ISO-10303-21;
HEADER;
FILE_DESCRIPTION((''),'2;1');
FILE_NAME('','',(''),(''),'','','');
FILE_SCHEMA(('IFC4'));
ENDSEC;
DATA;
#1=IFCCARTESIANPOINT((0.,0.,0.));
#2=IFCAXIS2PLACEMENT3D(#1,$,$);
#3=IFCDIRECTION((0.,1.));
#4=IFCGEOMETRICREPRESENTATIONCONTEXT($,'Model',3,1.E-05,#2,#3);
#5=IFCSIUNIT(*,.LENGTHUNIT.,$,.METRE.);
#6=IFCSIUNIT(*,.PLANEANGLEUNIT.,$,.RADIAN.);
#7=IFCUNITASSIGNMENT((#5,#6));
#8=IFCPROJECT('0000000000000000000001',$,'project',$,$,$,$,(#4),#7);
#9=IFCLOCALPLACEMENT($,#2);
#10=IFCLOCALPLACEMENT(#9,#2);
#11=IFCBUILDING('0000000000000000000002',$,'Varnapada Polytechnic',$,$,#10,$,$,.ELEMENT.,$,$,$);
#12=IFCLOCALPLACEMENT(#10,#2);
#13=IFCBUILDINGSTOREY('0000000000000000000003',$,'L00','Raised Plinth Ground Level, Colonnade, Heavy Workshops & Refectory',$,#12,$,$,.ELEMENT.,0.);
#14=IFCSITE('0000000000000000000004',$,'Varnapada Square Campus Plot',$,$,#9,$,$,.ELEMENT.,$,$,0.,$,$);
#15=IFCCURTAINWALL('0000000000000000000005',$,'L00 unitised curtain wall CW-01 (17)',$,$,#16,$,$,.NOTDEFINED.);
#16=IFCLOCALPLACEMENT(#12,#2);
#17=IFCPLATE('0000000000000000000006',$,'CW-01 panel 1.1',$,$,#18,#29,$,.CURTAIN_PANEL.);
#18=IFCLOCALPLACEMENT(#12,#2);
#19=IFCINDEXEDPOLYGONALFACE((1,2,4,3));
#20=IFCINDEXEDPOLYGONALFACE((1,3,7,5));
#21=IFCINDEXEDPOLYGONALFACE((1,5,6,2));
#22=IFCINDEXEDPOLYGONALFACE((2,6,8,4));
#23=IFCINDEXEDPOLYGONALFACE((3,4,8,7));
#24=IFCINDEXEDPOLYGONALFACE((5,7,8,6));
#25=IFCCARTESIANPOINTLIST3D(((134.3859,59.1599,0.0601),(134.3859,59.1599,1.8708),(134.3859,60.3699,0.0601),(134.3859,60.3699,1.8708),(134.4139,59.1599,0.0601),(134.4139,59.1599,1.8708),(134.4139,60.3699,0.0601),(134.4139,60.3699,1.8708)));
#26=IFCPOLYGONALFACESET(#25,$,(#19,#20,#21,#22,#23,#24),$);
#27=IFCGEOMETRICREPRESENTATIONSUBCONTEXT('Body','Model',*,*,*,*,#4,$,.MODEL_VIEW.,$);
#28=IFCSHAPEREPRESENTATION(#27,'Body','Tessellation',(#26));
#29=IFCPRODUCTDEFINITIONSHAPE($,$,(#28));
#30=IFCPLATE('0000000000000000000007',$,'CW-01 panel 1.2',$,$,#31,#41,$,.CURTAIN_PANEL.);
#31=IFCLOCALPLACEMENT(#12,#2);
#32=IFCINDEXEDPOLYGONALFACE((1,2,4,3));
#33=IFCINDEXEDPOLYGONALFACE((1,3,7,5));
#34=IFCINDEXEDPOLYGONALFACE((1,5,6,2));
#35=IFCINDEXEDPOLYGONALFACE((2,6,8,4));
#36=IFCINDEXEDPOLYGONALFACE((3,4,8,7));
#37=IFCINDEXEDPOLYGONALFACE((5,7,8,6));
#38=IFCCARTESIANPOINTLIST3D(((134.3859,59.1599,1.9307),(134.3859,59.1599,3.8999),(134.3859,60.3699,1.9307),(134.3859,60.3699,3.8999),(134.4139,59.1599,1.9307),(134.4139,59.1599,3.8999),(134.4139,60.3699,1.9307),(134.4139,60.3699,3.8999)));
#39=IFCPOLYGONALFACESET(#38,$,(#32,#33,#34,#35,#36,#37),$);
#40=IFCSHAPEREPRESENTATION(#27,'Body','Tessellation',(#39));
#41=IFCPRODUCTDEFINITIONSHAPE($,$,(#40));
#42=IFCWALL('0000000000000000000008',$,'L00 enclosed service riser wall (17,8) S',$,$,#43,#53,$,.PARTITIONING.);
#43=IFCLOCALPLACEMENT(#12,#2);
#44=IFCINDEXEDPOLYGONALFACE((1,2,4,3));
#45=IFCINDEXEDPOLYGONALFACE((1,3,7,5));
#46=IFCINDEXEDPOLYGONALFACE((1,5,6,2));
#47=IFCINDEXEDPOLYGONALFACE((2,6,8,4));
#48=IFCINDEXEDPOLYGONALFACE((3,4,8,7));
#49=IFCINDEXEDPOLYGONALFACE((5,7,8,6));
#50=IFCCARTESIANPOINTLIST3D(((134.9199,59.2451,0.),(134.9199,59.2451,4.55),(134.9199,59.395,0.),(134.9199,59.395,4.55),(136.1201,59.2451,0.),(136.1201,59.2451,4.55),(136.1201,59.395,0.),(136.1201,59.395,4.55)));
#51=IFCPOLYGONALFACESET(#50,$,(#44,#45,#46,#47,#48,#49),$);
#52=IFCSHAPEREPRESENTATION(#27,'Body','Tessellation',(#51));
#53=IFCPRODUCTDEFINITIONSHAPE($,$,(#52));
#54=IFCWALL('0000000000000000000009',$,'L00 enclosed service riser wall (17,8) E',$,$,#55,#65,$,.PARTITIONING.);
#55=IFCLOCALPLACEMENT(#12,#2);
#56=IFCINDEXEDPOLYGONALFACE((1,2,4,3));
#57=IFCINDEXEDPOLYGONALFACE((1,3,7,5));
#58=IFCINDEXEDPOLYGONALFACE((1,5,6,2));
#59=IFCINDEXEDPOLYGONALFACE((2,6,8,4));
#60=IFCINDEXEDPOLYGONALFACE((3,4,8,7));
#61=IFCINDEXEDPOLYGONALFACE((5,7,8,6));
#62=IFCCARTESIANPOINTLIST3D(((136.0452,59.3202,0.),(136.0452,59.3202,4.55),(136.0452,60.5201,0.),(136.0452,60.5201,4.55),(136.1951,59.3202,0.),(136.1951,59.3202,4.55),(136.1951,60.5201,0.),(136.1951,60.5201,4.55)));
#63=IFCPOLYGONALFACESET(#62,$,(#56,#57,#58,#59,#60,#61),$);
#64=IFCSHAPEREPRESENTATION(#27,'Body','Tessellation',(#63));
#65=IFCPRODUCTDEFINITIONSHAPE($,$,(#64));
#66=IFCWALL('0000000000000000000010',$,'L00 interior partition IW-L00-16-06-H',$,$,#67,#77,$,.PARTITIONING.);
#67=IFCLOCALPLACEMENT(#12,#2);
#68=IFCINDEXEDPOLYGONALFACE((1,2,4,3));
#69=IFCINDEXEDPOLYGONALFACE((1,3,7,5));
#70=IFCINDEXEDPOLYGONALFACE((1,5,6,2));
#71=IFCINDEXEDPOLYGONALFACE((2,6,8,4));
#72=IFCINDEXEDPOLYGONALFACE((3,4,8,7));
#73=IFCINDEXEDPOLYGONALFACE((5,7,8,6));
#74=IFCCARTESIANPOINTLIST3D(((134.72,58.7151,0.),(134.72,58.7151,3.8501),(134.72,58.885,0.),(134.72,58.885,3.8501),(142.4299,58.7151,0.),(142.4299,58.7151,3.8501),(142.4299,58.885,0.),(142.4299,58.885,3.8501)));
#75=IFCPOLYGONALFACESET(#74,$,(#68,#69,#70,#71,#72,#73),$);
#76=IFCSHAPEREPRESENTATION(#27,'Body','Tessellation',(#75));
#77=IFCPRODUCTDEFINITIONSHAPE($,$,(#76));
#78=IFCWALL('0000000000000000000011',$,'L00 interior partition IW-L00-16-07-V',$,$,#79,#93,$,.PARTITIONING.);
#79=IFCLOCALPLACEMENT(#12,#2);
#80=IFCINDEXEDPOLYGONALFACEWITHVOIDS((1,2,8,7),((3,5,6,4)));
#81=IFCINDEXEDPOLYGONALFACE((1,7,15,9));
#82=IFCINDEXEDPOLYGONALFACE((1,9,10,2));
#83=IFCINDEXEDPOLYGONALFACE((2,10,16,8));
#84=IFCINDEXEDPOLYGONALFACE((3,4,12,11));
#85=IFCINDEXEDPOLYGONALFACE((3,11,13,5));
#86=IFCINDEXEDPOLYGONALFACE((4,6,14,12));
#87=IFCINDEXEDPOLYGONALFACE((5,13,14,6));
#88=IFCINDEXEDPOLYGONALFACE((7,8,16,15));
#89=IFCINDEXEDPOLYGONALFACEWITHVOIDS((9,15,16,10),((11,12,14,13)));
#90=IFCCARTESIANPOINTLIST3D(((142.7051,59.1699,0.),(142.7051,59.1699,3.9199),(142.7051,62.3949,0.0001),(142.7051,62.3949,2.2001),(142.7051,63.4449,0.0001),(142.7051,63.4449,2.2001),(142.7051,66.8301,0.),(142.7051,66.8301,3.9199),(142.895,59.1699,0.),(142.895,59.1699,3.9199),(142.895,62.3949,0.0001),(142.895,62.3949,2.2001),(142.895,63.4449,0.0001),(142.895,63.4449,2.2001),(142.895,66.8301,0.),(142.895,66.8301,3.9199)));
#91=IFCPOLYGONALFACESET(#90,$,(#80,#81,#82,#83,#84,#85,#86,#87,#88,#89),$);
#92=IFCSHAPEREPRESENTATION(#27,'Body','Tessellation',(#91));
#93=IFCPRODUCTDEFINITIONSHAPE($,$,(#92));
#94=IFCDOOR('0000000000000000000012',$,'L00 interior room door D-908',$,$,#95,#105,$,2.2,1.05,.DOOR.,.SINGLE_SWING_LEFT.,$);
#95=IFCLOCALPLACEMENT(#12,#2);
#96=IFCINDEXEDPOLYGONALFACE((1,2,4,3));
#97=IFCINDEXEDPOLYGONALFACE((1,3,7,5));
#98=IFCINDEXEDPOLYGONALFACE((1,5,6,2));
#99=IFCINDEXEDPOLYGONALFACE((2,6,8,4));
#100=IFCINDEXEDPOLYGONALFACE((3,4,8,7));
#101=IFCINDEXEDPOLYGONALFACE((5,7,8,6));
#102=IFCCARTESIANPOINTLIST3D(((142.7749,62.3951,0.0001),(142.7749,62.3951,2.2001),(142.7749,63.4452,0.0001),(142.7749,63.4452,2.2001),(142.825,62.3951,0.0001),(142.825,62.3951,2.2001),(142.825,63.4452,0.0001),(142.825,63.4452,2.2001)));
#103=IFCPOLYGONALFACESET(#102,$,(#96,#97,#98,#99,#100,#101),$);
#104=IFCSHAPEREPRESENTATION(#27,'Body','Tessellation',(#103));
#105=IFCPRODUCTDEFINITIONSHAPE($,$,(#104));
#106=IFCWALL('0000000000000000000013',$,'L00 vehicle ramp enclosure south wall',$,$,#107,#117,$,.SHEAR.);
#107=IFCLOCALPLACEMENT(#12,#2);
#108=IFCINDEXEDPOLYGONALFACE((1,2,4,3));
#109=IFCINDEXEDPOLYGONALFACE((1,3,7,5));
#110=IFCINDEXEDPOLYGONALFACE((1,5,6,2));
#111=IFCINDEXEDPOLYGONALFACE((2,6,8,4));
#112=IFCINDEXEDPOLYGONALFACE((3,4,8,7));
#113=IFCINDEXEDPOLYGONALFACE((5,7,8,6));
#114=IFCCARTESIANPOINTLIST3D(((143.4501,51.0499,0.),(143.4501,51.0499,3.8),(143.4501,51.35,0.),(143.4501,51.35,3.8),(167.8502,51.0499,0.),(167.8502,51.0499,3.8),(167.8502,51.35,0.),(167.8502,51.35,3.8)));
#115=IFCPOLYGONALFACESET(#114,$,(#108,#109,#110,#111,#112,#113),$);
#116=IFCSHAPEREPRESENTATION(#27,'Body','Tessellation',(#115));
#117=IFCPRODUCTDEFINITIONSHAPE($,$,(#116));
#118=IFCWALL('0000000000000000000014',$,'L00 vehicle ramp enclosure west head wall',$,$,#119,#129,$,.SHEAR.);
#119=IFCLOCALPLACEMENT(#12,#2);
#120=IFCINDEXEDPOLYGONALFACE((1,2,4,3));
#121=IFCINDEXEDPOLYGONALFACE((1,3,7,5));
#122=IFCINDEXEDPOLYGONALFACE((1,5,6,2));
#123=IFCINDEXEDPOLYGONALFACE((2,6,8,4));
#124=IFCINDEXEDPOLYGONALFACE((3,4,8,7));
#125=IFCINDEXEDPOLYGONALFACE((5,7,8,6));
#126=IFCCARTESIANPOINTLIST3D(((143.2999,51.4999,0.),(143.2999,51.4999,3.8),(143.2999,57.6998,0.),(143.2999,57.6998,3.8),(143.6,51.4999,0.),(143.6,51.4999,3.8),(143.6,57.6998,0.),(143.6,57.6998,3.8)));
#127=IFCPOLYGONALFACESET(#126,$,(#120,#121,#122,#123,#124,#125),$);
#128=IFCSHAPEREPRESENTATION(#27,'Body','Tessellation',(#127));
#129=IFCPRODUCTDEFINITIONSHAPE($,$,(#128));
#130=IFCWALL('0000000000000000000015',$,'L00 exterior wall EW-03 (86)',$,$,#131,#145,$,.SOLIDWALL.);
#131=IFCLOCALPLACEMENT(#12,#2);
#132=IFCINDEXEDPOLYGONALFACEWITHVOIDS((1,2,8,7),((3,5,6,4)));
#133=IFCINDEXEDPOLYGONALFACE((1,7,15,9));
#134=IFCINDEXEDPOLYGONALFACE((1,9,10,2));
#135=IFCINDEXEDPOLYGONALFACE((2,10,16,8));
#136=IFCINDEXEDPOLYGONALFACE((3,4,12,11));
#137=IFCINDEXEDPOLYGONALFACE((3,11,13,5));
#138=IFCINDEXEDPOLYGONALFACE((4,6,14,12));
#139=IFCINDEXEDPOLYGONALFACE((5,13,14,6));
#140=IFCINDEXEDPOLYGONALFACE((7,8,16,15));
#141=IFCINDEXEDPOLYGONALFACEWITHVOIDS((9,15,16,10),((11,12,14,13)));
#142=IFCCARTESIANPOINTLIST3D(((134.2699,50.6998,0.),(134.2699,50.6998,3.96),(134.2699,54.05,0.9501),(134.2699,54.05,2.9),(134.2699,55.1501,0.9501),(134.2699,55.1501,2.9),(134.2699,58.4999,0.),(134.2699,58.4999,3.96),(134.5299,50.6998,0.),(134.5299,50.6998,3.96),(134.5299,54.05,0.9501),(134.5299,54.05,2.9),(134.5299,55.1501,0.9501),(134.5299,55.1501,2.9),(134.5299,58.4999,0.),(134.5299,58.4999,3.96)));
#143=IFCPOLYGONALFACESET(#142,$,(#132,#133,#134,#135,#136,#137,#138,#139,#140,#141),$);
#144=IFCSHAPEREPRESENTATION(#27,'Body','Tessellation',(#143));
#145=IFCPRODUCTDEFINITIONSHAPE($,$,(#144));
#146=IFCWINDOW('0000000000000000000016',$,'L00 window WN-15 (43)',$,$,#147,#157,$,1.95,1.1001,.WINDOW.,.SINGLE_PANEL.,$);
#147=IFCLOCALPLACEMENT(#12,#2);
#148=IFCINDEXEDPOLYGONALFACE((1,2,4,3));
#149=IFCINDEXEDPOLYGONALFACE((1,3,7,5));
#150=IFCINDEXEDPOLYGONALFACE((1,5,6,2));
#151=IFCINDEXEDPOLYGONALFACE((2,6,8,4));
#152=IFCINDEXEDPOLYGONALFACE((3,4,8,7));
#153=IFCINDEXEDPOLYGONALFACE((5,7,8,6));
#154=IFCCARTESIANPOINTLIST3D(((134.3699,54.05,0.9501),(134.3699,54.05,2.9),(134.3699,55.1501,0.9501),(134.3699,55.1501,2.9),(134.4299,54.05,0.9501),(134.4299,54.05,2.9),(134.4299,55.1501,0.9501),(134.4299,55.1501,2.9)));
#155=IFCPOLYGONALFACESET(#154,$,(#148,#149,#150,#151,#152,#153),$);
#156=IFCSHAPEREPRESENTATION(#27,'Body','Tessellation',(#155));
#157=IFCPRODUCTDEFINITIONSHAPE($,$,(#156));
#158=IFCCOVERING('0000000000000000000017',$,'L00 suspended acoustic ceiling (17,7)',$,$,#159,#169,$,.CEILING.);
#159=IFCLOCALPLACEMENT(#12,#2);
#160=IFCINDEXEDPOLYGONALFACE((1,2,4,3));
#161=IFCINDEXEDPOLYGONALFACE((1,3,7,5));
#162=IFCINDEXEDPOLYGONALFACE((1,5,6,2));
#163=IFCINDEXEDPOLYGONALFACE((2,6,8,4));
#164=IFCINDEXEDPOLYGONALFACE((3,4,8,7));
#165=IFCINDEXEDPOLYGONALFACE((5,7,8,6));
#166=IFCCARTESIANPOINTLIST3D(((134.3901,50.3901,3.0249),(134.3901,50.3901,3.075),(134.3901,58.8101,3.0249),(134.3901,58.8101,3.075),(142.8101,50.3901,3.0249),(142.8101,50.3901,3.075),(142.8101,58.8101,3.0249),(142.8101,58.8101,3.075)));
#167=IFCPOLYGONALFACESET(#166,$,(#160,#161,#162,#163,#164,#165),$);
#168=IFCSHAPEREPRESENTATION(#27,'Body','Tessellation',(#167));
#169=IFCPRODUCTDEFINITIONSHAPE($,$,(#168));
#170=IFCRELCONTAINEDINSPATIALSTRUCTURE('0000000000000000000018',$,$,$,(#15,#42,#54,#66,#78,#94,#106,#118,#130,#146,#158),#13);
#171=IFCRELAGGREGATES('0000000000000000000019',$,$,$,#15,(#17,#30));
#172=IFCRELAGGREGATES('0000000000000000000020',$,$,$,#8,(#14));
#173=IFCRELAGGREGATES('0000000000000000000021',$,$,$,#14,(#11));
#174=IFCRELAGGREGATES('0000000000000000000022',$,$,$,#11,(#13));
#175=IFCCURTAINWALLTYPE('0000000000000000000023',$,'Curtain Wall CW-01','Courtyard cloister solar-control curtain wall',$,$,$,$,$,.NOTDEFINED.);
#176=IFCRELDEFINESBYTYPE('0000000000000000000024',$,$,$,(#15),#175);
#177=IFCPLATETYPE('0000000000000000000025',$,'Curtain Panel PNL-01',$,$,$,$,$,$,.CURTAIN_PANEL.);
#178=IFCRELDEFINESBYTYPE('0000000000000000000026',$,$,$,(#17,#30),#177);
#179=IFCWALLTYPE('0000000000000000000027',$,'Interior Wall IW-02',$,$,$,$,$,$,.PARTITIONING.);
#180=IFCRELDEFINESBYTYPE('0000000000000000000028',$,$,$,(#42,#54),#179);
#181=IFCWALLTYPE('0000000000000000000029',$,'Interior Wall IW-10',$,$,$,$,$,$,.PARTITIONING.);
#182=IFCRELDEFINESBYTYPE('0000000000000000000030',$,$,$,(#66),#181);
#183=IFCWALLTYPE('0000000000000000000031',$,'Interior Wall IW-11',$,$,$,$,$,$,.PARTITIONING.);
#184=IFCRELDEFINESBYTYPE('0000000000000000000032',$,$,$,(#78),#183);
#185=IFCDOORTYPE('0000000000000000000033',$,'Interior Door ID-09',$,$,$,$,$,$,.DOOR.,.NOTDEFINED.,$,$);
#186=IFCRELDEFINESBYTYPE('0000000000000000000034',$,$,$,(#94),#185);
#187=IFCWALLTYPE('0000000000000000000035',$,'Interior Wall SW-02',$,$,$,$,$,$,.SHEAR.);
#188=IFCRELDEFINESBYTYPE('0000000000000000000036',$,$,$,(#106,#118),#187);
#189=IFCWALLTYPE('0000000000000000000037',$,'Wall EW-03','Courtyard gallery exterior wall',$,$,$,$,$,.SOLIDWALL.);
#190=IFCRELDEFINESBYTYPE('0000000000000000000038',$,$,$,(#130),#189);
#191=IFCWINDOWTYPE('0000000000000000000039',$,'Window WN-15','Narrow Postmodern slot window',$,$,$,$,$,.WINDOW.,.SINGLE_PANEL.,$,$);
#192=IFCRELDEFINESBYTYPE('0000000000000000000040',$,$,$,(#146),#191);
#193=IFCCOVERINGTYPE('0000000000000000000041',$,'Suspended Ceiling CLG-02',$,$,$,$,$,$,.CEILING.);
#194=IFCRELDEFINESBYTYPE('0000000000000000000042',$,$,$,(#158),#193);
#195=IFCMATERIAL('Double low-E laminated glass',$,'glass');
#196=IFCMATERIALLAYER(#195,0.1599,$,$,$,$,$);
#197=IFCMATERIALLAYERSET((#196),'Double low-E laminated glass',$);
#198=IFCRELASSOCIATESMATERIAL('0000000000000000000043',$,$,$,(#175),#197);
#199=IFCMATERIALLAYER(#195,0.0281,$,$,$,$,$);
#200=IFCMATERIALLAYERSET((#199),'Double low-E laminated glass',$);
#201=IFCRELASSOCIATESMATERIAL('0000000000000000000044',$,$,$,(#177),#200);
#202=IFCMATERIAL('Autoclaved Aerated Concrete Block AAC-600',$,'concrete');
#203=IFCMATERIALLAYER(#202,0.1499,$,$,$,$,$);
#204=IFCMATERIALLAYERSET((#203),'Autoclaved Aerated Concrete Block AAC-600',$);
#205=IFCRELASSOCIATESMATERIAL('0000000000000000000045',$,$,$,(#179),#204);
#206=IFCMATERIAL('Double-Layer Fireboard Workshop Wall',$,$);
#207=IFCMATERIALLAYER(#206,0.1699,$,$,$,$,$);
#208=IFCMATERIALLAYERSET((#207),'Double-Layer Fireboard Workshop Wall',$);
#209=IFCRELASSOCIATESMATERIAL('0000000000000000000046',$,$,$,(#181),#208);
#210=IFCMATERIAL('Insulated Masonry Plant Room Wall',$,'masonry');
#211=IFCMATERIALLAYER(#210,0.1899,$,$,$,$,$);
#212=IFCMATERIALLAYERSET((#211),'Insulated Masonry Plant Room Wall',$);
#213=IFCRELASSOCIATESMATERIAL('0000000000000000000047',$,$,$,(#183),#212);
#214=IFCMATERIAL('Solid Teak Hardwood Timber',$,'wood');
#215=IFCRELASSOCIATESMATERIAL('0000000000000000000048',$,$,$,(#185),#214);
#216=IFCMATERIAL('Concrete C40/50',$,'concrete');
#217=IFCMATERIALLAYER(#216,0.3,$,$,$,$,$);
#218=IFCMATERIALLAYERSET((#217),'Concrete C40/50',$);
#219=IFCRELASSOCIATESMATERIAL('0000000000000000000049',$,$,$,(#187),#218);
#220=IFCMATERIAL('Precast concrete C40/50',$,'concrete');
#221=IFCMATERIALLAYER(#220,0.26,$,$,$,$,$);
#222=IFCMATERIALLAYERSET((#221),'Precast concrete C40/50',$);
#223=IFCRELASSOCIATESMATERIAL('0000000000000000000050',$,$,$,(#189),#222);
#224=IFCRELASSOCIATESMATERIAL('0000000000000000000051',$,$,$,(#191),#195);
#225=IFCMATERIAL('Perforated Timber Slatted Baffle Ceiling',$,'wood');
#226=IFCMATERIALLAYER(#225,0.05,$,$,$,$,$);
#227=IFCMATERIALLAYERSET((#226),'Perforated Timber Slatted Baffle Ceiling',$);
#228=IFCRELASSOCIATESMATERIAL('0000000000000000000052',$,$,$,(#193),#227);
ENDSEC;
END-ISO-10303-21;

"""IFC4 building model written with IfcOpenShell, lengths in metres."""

from ifc_helpers import new_model, si_unit, direction, frame, frame_2d, origin, origin_2d, place, context, subcontext, project, spatial, rectangle, extrude, material, layer, layer_set, type_object, element, fill, aggregate, save


model = new_model("IFC4")

# Units and contexts
model_context = context("Model", 3, precision=1e-05, world=origin(), true_north=direction((0.0, 1.0)))
body_context = subcontext(model_context, "Body", "Model", "MODEL_VIEW")
ifc_project = project(units=[si_unit("LENGTHUNIT", "METRE"), si_unit("PLANEANGLEUNIT", "RADIAN")], contexts=[model_context])

# Site, building, storey
site_placement = place(None, origin())
site = spatial("IfcSite", under=ifc_project, at=site_placement, Name="Varnapada Square Campus Plot", CompositionType="ELEMENT", RefElevation=0.0)
building_placement = place(site_placement, origin())
building = spatial("IfcBuilding", under=site, at=building_placement, Name="Varnapada Polytechnic", CompositionType="ELEMENT")
storey_placement = place(building_placement, origin())
storey = spatial("IfcBuildingStorey", under=building, at=storey_placement, Name="L00", Description="Raised Plinth Ground Level, Colonnade, Heavy Workshops & Refectory", CompositionType="ELEMENT", Elevation=0.0)

# Shared definitions
ifc_material_1 = material(Name="Concrete C40/50", Category="concrete")

# Curtain wall
ifc_material_2 = material(Name="Double low-E laminated glass", Category="glass")
ifc_layer_1 = layer(ifc_material_2, 0.1599)
ifc_layer_set_1 = layer_set([ifc_layer_1], Name="Double low-E laminated glass")
curtain_wall_type = type_object("IfcCurtainWallType", Name="Curtain Wall CW-01", Description="Courtyard cloister solar-control curtain wall", PredefinedType="NOTDEFINED", material=ifc_layer_set_1)
curtain_wall_placement = place(storey_placement, origin())
curtain_wall = element("IfcCurtainWall", 1, at=curtain_wall_placement, inside=storey, type_object=curtain_wall_type, Name="L00 unitised curtain wall CW-01 (17)", PredefinedType="NOTDEFINED")

# Plates
ifc_layer_2 = layer(ifc_material_2, 0.0281)
ifc_layer_set_2 = layer_set([ifc_layer_2], Name="Double low-E laminated glass")
plate_type = type_object("IfcPlateType", Name="Curtain Panel PNL-01", PredefinedType="CURTAIN_PANEL", material=ifc_layer_set_2)
plate_1_placement = place(storey_placement, frame((134.3999, 59.7649, 0.0601), z_axis=(0.0, 0.0, 1.0), x_axis=(0.0, 1.0, 0.0)))
plate_1 = element("IfcPlate", 2, at=plate_1_placement, type_object=plate_type, Name="CW-01 panel 1.1", PredefinedType="CURTAIN_PANEL", context=body_context, shape_type="SweptSolid", body=[
    extrude(rectangle(XDim=1.21, YDim=0.0281, at=origin_2d()), origin(), (0.0, 0.0, 1.0), 1.8108),
])
plate_2_placement = place(storey_placement, frame((134.3999, 59.7649, 1.9307), z_axis=(0.0, 0.0, 1.0), x_axis=(0.0, 1.0, 0.0)))
plate_2 = element("IfcPlate", 3, at=plate_2_placement, type_object=plate_type, Name="CW-01 panel 1.2", PredefinedType="CURTAIN_PANEL", context=body_context, shape_type="SweptSolid", body=[
    extrude(rectangle(XDim=1.21, YDim=0.0281, at=origin_2d()), origin(), (0.0, 0.0, 1.0), 1.9692),
])
aggregate(curtain_wall, [plate_1, plate_2])

# Walls
ifc_material_3 = material(Name="Autoclaved Aerated Concrete Block AAC-600", Category="concrete")
ifc_layer_3 = layer(ifc_material_3, 0.1499)
ifc_layer_set_3 = layer_set([ifc_layer_3], Name="Autoclaved Aerated Concrete Block AAC-600")
wall_type_1 = type_object("IfcWallType", Name="Interior Wall IW-02", PredefinedType="PARTITIONING", material=ifc_layer_set_3)
wall_1_placement = place(storey_placement, frame((134.9199, 59.3201, 0.0), z_axis=(0.0, 0.0, 1.0), x_axis=(1.0, 0.0, 0.0)))
element("IfcWall", 4, at=wall_1_placement, inside=storey, type_object=wall_type_1, Name="L00 enclosed service riser wall (17,8) S", PredefinedType="PARTITIONING", context=body_context, shape_type="SweptSolid", body=[
    extrude(rectangle(XDim=1.2002, YDim=0.1499, at=frame_2d((0.6001, 0.0))), origin(), (0.0, 0.0, 1.0), 4.55),
])
wall_2_placement = place(storey_placement, frame((136.1201, 59.3201, 0.0), z_axis=(0.0, 0.0, 1.0), x_axis=(0.0, 1.0, 0.0)))
element("IfcWall", 5, at=wall_2_placement, inside=storey, type_object=wall_type_1, Name="L00 enclosed service riser wall (17,8) E", PredefinedType="PARTITIONING", context=body_context, shape_type="SweptSolid", body=[
    extrude(rectangle(XDim=1.2, YDim=0.1499, at=frame_2d((0.6001, 0.0))), origin(), (0.0, 0.0, 1.0), 4.55),
])
ifc_material_4 = material(Name="Double-Layer Fireboard Workshop Wall")
ifc_layer_4 = layer(ifc_material_4, 0.1699)
ifc_layer_set_4 = layer_set([ifc_layer_4], Name="Double-Layer Fireboard Workshop Wall")
wall_type_2 = type_object("IfcWallType", Name="Interior Wall IW-10", PredefinedType="PARTITIONING", material=ifc_layer_set_4)
wall_3_placement = place(storey_placement, frame((134.72, 58.8, 0.0), z_axis=(0.0, 0.0, 1.0), x_axis=(1.0, 0.0, 0.0)))
element("IfcWall", 6, at=wall_3_placement, inside=storey, type_object=wall_type_2, Name="L00 interior partition IW-L00-16-06-H", PredefinedType="PARTITIONING", context=body_context, shape_type="SweptSolid", body=[
    extrude(rectangle(XDim=7.71, YDim=0.1699, at=frame_2d((3.855, 0.0))), origin(), (0.0, 0.0, 1.0), 3.8501),
])

# Wall, opening, door
ifc_material_5 = material(Name="Insulated Masonry Plant Room Wall", Category="masonry")
ifc_layer_5 = layer(ifc_material_5, 0.1899)
ifc_layer_set_5 = layer_set([ifc_layer_5], Name="Insulated Masonry Plant Room Wall")
wall_type_3 = type_object("IfcWallType", Name="Interior Wall IW-11", PredefinedType="PARTITIONING", material=ifc_layer_set_5)
wall_4_placement = place(storey_placement, frame((142.8, 59.1699, 0.0), z_axis=(0.0, 0.0, 1.0), x_axis=(0.0, 1.0, 0.0)))
wall_4 = element("IfcWall", 7, at=wall_4_placement, inside=storey, type_object=wall_type_3, Name="L00 interior partition IW-L00-16-07-V", PredefinedType="PARTITIONING", context=body_context, shape_type="SweptSolid", body=[
    extrude(rectangle(XDim=7.6602, YDim=0.1899, at=frame_2d((3.8301, 0.0))), origin(), (0.0, 0.0, 1.0), 3.9199),
])
opening_1_placement = place(wall_4_placement, frame((3.2251, 0.0, 0.0)))
opening_1 = element("IfcOpeningElement", 8, at=opening_1_placement, cuts=wall_4, PredefinedType="OPENING", context=body_context, shape_type="SweptSolid", body=[
    extrude(rectangle(XDim=1.05, YDim=2.2, at=frame_2d((0.5249, 1.1001))), frame((0.0, 0.105, 0.0), z_axis=(0.0, -1.0, 0.0), x_axis=(1.0, 0.0, 0.0)), (0.0, 0.0, 1.0), 0.21),
])
ifc_material_6 = material(Name="Solid Teak Hardwood Timber", Category="wood")
door_type = type_object("IfcDoorType", Name="Interior Door ID-09", OperationType="NOTDEFINED", PredefinedType="DOOR", material=ifc_material_6)
door_placement = place(opening_1_placement, frame((1.05, 0.0, 0.0), z_axis=(0.0, 0.0, 1.0), x_axis=(-1.0, 0.0, 0.0)))
door = element("IfcDoor", 9, at=door_placement, inside=storey, type_object=door_type, Name="L00 interior room door D-908", OperationType="SINGLE_SWING_LEFT", OverallHeight=2.2, OverallWidth=1.05, PredefinedType="DOOR", context=body_context, shape_type="SweptSolid", body=[
    extrude(rectangle(XDim=1.05, YDim=2.2, at=frame_2d((0.5249, 1.1001))), frame((0.0, 0.0249, 0.0), z_axis=(0.0, -1.0, 0.0), x_axis=(1.0, 0.0, 0.0)), (0.0, 0.0, 1.0), 0.05),
])
fill(opening_1, door)

# Walls
ifc_layer_6 = layer(ifc_material_1, 0.3)
ifc_layer_set_6 = layer_set([ifc_layer_6], Name="Concrete C40/50")
wall_type_4 = type_object("IfcWallType", Name="Interior Wall SW-02", PredefinedType="SHEAR", material=ifc_layer_set_6)
wall_5_placement = place(storey_placement, frame((143.45, 51.2, 0.0), z_axis=(0.0, 0.0, 1.0), x_axis=(1.0, 0.0, 0.0)))
element("IfcWall", 10, at=wall_5_placement, inside=storey, type_object=wall_type_4, Name="L00 vehicle ramp enclosure south wall", PredefinedType="SHEAR", context=body_context, shape_type="SweptSolid", body=[
    extrude(rectangle(XDim=24.4001, YDim=0.3, at=frame_2d((12.2002, 0.0))), origin(), (0.0, 0.0, 1.0), 3.8),
])
wall_6_placement = place(storey_placement, frame((143.45, 57.7, 0.0), z_axis=(0.0, 0.0, 1.0), x_axis=(0.0, -1.0, 0.0)))
element("IfcWall", 11, at=wall_6_placement, inside=storey, type_object=wall_type_4, Name="L00 vehicle ramp enclosure west head wall", PredefinedType="SHEAR", context=body_context, shape_type="SweptSolid", body=[
    extrude(rectangle(XDim=6.2, YDim=0.3, at=frame_2d((3.1001, 0.0))), origin(), (0.0, 0.0, 1.0), 3.8),
])

# Wall, opening, window
ifc_material_7 = material(Name="Precast concrete C40/50", Category="concrete")
ifc_layer_7 = layer(ifc_material_7, 0.26)
ifc_layer_set_7 = layer_set([ifc_layer_7], Name="Precast concrete C40/50")
wall_type_5 = type_object("IfcWallType", Name="Wall EW-03", Description="Courtyard gallery exterior wall", PredefinedType="SOLIDWALL", material=ifc_layer_set_7)
wall_7_placement = place(storey_placement, frame((134.3999, 50.7, 0.0), z_axis=(0.0, 0.0, 1.0), x_axis=(0.0, 1.0, 0.0)))
wall_7 = element("IfcWall", 12, at=wall_7_placement, inside=storey, type_object=wall_type_5, Name="L00 exterior wall EW-03 (86)", PredefinedType="SOLIDWALL", context=body_context, shape_type="SweptSolid", body=[
    extrude(rectangle(XDim=7.8, YDim=0.26, at=frame_2d((3.8999, 0.0))), origin(), (0.0, 0.0, 1.0), 3.96),
])
opening_2_placement = place(wall_7_placement, frame((3.3501, 0.0, 0.95)))
opening_2 = element("IfcOpeningElement", 13, at=opening_2_placement, cuts=wall_7, PredefinedType="OPENING", context=body_context, shape_type="SweptSolid", body=[
    extrude(rectangle(XDim=1.1001, YDim=1.95, at=frame_2d((0.55, 0.9751))), frame((0.0, 0.1399, 0.0), z_axis=(0.0, -1.0, 0.0), x_axis=(1.0, 0.0, 0.0)), (0.0, 0.0, 1.0), 0.28),
])
window_type = type_object("IfcWindowType", Name="Window WN-15", Description="Narrow Postmodern slot window", PartitioningType="SINGLE_PANEL", PredefinedType="WINDOW", material=ifc_material_2)
window_placement = place(opening_2_placement, origin())
window = element("IfcWindow", 14, at=window_placement, inside=storey, type_object=window_type, Name="L00 window WN-15 (43)", OverallHeight=1.95, OverallWidth=1.1001, PartitioningType="SINGLE_PANEL", PredefinedType="WINDOW", context=body_context, shape_type="SweptSolid", body=[
    extrude(rectangle(XDim=1.1001, YDim=1.95, at=frame_2d((0.55, 0.9751))), frame((0.0, 0.03, 0.0), z_axis=(0.0, -1.0, 0.0), x_axis=(1.0, 0.0, 0.0)), (0.0, 0.0, 1.0), 0.0601),
])
fill(opening_2, window)

# Covering
ifc_material_8 = material(Name="Perforated Timber Slatted Baffle Ceiling", Category="wood")
ifc_layer_8 = layer(ifc_material_8, 0.05)
ifc_layer_set_8 = layer_set([ifc_layer_8], Name="Perforated Timber Slatted Baffle Ceiling")
covering_type = type_object("IfcCoveringType", Name="Suspended Ceiling CLG-02", PredefinedType="CEILING", material=ifc_layer_set_8)
covering_placement = place(storey_placement, frame((138.6001, 54.6001, 3.0249), z_axis=(0.0, 0.0, 1.0), x_axis=(1.0, 0.0, 0.0)))
element("IfcCovering", 15, at=covering_placement, inside=storey, type_object=covering_type, Name="L00 suspended acoustic ceiling (17,7)", PredefinedType="CEILING", context=body_context, shape_type="SweptSolid", body=[
    extrude(rectangle(XDim=8.4199, YDim=8.4199, at=origin_2d()), origin(), (0.0, 0.0, 1.0), 0.05),
])

save(model, "model.ifc")
